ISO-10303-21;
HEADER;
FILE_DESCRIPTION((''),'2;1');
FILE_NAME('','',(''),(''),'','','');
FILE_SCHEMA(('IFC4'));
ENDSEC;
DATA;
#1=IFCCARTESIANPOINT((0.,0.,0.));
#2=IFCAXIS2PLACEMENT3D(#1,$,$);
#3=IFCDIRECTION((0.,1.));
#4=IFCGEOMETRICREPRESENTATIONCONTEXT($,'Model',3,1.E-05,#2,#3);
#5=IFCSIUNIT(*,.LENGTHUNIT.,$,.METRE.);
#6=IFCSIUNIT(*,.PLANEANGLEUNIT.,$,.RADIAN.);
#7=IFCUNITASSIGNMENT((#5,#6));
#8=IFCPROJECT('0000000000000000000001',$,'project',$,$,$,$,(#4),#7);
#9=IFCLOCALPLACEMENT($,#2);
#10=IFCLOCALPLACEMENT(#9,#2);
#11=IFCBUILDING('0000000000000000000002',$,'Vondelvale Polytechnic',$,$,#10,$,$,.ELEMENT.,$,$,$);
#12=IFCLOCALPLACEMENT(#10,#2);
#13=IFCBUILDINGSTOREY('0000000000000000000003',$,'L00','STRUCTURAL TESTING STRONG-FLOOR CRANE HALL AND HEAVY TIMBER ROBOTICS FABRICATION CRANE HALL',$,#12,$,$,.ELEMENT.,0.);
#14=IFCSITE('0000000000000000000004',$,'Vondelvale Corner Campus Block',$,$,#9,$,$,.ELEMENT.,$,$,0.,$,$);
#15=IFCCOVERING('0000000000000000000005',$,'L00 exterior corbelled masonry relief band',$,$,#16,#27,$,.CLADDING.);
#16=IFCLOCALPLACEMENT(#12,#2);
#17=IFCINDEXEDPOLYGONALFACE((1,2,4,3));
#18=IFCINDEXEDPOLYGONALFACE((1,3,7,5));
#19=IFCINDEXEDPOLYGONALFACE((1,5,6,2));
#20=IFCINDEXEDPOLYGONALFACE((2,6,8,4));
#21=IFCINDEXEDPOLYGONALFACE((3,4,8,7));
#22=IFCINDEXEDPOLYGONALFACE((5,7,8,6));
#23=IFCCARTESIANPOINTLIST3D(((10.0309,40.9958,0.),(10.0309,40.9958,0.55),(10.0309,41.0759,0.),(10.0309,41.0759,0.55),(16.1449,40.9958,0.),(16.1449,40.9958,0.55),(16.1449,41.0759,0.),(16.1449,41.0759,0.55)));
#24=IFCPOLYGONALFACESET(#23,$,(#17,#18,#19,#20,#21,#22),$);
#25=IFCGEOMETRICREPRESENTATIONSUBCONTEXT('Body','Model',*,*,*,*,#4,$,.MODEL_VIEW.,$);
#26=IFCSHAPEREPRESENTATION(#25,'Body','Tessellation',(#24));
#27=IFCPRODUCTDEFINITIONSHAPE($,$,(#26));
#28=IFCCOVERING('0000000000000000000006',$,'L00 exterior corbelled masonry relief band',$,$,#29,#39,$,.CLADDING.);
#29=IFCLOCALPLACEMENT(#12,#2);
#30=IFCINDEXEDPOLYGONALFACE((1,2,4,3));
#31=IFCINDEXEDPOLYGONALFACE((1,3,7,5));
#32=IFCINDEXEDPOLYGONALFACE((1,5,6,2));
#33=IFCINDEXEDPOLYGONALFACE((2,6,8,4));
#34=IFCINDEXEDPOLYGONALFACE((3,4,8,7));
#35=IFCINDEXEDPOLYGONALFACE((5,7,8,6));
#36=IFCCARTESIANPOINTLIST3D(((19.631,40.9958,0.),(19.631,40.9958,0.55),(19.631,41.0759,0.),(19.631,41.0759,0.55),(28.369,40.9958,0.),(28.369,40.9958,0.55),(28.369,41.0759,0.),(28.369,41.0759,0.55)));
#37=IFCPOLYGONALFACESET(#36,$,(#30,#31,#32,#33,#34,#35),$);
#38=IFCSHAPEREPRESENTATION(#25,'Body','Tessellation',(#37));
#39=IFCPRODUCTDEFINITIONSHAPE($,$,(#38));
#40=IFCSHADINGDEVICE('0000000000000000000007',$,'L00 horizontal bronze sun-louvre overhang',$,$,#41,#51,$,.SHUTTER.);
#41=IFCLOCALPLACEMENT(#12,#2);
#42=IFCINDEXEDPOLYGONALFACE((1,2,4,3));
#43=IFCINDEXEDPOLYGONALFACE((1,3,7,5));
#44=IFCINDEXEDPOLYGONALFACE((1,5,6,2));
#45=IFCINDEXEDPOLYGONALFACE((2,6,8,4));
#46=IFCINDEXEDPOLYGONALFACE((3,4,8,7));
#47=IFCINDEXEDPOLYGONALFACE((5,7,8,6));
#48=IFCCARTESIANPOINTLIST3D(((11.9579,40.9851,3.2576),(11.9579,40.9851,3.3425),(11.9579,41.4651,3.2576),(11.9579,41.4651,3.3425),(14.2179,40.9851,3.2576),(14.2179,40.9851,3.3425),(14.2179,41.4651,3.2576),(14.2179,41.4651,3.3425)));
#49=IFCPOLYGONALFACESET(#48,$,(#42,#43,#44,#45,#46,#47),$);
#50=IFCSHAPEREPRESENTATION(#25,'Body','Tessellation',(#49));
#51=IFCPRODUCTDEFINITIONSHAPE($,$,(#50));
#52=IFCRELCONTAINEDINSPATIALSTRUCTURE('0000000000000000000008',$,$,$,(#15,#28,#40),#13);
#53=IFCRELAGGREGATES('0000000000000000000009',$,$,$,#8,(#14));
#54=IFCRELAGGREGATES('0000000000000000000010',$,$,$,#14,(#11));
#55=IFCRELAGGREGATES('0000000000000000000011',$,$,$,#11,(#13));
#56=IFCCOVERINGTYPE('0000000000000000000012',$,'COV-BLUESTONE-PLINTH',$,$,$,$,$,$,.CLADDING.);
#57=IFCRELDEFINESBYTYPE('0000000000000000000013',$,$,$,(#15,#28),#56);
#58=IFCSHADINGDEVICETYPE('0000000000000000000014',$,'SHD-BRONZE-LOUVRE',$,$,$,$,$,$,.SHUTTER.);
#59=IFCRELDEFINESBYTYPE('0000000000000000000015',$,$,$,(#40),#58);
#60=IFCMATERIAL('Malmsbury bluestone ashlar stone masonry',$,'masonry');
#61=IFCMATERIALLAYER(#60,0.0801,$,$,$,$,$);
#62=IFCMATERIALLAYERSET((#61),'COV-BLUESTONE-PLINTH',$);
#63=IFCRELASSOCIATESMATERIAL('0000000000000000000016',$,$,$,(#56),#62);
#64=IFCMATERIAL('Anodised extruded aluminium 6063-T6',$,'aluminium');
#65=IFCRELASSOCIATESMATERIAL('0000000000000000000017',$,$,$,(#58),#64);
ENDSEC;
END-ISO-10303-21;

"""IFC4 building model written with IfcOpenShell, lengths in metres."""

from ifc_helpers import new_model, si_unit, direction, frame, origin, origin_2d, place, context, subcontext, project, spatial, rectangle, extrude, material, layer, layer_set, type_object, element, save


model = new_model("IFC4")

# Units and contexts
model_context = context("Model", 3, precision=1e-05, world=origin(), true_north=direction((0.0, 1.0)))
body_context = subcontext(model_context, "Body", "Model", "MODEL_VIEW")
ifc_project = project(units=[si_unit("LENGTHUNIT", "METRE"), si_unit("PLANEANGLEUNIT", "RADIAN")], contexts=[model_context])

# Site, building, storey
site_placement = place(None, origin())
site = spatial("IfcSite", under=ifc_project, at=site_placement, Name="Vondelvale Corner Campus Block", CompositionType="ELEMENT", RefElevation=0.0)
building_placement = place(site_placement, origin())
building = spatial("IfcBuilding", under=site, at=building_placement, Name="Vondelvale Polytechnic", CompositionType="ELEMENT")
storey_placement = place(building_placement, origin())
storey = spatial("IfcBuildingStorey", under=building, at=storey_placement, Name="L00", Description="STRUCTURAL TESTING STRONG-FLOOR CRANE HALL AND HEAVY TIMBER ROBOTICS FABRICATION CRANE HALL", CompositionType="ELEMENT", Elevation=0.0)

# Shared definitions
ifc_material_1 = material(Name="Malmsbury bluestone ashlar stone masonry", Category="masonry")

# Coverings
ifc_layer_1 = layer(ifc_material_1, 0.0801)
ifc_layer_set_1 = layer_set([ifc_layer_1], Name="COV-BLUESTONE-PLINTH")
covering_type = type_object("IfcCoveringType", Name="COV-BLUESTONE-PLINTH", PredefinedType="CLADDING", material=ifc_layer_set_1)
covering_1_placement = place(storey_placement, frame((13.0879, 41.0359, 0.0), z_axis=(0.0, 0.0, 1.0), x_axis=(1.0, 0.0, 0.0)))
element("IfcCovering", 1, at=covering_1_placement, inside=storey, type_object=covering_type, Name="L00 exterior corbelled masonry relief band", PredefinedType="CLADDING", context=body_context, shape_type="SweptSolid", body=[
    extrude(rectangle(XDim=6.114, YDim=0.0801, at=origin_2d()), origin(), (0.0, 0.0, 1.0), 0.55),
])
covering_2_placement = place(storey_placement, frame((24.0, 41.0359, 0.0), z_axis=(0.0, 0.0, 1.0), x_axis=(1.0, 0.0, 0.0)))
element("IfcCovering", 2, at=covering_2_placement, inside=storey, type_object=covering_type, Name="L00 exterior corbelled masonry relief band", PredefinedType="CLADDING", context=body_context, shape_type="SweptSolid", body=[
    extrude(rectangle(XDim=8.738, YDim=0.0801, at=origin_2d()), origin(), (0.0, 0.0, 1.0), 0.55),
])

# Shading device
ifc_material_2 = material(Name="Anodised extruded aluminium 6063-T6", Category="aluminium")
shading_device_type = type_object("IfcShadingDeviceType", Name="SHD-BRONZE-LOUVRE", PredefinedType="SHUTTER", material=ifc_material_2)
shading_device_placement = place(storey_placement, frame((13.0879, 41.2251, 3.2576), z_axis=(0.0, 0.0, 1.0), x_axis=(1.0, 0.0, 0.0)))
element("IfcShadingDevice", 3, at=shading_device_placement, inside=storey, type_object=shading_device_type, Name="L00 horizontal bronze sun-louvre overhang", PredefinedType="SHUTTER", context=body_context, shape_type="SweptSolid", body=[
    extrude(rectangle(XDim=2.26, YDim=0.48, at=origin_2d()), origin(), (0.0, 0.0, 1.0), 0.085),
])

save(model, "model.ifc")
